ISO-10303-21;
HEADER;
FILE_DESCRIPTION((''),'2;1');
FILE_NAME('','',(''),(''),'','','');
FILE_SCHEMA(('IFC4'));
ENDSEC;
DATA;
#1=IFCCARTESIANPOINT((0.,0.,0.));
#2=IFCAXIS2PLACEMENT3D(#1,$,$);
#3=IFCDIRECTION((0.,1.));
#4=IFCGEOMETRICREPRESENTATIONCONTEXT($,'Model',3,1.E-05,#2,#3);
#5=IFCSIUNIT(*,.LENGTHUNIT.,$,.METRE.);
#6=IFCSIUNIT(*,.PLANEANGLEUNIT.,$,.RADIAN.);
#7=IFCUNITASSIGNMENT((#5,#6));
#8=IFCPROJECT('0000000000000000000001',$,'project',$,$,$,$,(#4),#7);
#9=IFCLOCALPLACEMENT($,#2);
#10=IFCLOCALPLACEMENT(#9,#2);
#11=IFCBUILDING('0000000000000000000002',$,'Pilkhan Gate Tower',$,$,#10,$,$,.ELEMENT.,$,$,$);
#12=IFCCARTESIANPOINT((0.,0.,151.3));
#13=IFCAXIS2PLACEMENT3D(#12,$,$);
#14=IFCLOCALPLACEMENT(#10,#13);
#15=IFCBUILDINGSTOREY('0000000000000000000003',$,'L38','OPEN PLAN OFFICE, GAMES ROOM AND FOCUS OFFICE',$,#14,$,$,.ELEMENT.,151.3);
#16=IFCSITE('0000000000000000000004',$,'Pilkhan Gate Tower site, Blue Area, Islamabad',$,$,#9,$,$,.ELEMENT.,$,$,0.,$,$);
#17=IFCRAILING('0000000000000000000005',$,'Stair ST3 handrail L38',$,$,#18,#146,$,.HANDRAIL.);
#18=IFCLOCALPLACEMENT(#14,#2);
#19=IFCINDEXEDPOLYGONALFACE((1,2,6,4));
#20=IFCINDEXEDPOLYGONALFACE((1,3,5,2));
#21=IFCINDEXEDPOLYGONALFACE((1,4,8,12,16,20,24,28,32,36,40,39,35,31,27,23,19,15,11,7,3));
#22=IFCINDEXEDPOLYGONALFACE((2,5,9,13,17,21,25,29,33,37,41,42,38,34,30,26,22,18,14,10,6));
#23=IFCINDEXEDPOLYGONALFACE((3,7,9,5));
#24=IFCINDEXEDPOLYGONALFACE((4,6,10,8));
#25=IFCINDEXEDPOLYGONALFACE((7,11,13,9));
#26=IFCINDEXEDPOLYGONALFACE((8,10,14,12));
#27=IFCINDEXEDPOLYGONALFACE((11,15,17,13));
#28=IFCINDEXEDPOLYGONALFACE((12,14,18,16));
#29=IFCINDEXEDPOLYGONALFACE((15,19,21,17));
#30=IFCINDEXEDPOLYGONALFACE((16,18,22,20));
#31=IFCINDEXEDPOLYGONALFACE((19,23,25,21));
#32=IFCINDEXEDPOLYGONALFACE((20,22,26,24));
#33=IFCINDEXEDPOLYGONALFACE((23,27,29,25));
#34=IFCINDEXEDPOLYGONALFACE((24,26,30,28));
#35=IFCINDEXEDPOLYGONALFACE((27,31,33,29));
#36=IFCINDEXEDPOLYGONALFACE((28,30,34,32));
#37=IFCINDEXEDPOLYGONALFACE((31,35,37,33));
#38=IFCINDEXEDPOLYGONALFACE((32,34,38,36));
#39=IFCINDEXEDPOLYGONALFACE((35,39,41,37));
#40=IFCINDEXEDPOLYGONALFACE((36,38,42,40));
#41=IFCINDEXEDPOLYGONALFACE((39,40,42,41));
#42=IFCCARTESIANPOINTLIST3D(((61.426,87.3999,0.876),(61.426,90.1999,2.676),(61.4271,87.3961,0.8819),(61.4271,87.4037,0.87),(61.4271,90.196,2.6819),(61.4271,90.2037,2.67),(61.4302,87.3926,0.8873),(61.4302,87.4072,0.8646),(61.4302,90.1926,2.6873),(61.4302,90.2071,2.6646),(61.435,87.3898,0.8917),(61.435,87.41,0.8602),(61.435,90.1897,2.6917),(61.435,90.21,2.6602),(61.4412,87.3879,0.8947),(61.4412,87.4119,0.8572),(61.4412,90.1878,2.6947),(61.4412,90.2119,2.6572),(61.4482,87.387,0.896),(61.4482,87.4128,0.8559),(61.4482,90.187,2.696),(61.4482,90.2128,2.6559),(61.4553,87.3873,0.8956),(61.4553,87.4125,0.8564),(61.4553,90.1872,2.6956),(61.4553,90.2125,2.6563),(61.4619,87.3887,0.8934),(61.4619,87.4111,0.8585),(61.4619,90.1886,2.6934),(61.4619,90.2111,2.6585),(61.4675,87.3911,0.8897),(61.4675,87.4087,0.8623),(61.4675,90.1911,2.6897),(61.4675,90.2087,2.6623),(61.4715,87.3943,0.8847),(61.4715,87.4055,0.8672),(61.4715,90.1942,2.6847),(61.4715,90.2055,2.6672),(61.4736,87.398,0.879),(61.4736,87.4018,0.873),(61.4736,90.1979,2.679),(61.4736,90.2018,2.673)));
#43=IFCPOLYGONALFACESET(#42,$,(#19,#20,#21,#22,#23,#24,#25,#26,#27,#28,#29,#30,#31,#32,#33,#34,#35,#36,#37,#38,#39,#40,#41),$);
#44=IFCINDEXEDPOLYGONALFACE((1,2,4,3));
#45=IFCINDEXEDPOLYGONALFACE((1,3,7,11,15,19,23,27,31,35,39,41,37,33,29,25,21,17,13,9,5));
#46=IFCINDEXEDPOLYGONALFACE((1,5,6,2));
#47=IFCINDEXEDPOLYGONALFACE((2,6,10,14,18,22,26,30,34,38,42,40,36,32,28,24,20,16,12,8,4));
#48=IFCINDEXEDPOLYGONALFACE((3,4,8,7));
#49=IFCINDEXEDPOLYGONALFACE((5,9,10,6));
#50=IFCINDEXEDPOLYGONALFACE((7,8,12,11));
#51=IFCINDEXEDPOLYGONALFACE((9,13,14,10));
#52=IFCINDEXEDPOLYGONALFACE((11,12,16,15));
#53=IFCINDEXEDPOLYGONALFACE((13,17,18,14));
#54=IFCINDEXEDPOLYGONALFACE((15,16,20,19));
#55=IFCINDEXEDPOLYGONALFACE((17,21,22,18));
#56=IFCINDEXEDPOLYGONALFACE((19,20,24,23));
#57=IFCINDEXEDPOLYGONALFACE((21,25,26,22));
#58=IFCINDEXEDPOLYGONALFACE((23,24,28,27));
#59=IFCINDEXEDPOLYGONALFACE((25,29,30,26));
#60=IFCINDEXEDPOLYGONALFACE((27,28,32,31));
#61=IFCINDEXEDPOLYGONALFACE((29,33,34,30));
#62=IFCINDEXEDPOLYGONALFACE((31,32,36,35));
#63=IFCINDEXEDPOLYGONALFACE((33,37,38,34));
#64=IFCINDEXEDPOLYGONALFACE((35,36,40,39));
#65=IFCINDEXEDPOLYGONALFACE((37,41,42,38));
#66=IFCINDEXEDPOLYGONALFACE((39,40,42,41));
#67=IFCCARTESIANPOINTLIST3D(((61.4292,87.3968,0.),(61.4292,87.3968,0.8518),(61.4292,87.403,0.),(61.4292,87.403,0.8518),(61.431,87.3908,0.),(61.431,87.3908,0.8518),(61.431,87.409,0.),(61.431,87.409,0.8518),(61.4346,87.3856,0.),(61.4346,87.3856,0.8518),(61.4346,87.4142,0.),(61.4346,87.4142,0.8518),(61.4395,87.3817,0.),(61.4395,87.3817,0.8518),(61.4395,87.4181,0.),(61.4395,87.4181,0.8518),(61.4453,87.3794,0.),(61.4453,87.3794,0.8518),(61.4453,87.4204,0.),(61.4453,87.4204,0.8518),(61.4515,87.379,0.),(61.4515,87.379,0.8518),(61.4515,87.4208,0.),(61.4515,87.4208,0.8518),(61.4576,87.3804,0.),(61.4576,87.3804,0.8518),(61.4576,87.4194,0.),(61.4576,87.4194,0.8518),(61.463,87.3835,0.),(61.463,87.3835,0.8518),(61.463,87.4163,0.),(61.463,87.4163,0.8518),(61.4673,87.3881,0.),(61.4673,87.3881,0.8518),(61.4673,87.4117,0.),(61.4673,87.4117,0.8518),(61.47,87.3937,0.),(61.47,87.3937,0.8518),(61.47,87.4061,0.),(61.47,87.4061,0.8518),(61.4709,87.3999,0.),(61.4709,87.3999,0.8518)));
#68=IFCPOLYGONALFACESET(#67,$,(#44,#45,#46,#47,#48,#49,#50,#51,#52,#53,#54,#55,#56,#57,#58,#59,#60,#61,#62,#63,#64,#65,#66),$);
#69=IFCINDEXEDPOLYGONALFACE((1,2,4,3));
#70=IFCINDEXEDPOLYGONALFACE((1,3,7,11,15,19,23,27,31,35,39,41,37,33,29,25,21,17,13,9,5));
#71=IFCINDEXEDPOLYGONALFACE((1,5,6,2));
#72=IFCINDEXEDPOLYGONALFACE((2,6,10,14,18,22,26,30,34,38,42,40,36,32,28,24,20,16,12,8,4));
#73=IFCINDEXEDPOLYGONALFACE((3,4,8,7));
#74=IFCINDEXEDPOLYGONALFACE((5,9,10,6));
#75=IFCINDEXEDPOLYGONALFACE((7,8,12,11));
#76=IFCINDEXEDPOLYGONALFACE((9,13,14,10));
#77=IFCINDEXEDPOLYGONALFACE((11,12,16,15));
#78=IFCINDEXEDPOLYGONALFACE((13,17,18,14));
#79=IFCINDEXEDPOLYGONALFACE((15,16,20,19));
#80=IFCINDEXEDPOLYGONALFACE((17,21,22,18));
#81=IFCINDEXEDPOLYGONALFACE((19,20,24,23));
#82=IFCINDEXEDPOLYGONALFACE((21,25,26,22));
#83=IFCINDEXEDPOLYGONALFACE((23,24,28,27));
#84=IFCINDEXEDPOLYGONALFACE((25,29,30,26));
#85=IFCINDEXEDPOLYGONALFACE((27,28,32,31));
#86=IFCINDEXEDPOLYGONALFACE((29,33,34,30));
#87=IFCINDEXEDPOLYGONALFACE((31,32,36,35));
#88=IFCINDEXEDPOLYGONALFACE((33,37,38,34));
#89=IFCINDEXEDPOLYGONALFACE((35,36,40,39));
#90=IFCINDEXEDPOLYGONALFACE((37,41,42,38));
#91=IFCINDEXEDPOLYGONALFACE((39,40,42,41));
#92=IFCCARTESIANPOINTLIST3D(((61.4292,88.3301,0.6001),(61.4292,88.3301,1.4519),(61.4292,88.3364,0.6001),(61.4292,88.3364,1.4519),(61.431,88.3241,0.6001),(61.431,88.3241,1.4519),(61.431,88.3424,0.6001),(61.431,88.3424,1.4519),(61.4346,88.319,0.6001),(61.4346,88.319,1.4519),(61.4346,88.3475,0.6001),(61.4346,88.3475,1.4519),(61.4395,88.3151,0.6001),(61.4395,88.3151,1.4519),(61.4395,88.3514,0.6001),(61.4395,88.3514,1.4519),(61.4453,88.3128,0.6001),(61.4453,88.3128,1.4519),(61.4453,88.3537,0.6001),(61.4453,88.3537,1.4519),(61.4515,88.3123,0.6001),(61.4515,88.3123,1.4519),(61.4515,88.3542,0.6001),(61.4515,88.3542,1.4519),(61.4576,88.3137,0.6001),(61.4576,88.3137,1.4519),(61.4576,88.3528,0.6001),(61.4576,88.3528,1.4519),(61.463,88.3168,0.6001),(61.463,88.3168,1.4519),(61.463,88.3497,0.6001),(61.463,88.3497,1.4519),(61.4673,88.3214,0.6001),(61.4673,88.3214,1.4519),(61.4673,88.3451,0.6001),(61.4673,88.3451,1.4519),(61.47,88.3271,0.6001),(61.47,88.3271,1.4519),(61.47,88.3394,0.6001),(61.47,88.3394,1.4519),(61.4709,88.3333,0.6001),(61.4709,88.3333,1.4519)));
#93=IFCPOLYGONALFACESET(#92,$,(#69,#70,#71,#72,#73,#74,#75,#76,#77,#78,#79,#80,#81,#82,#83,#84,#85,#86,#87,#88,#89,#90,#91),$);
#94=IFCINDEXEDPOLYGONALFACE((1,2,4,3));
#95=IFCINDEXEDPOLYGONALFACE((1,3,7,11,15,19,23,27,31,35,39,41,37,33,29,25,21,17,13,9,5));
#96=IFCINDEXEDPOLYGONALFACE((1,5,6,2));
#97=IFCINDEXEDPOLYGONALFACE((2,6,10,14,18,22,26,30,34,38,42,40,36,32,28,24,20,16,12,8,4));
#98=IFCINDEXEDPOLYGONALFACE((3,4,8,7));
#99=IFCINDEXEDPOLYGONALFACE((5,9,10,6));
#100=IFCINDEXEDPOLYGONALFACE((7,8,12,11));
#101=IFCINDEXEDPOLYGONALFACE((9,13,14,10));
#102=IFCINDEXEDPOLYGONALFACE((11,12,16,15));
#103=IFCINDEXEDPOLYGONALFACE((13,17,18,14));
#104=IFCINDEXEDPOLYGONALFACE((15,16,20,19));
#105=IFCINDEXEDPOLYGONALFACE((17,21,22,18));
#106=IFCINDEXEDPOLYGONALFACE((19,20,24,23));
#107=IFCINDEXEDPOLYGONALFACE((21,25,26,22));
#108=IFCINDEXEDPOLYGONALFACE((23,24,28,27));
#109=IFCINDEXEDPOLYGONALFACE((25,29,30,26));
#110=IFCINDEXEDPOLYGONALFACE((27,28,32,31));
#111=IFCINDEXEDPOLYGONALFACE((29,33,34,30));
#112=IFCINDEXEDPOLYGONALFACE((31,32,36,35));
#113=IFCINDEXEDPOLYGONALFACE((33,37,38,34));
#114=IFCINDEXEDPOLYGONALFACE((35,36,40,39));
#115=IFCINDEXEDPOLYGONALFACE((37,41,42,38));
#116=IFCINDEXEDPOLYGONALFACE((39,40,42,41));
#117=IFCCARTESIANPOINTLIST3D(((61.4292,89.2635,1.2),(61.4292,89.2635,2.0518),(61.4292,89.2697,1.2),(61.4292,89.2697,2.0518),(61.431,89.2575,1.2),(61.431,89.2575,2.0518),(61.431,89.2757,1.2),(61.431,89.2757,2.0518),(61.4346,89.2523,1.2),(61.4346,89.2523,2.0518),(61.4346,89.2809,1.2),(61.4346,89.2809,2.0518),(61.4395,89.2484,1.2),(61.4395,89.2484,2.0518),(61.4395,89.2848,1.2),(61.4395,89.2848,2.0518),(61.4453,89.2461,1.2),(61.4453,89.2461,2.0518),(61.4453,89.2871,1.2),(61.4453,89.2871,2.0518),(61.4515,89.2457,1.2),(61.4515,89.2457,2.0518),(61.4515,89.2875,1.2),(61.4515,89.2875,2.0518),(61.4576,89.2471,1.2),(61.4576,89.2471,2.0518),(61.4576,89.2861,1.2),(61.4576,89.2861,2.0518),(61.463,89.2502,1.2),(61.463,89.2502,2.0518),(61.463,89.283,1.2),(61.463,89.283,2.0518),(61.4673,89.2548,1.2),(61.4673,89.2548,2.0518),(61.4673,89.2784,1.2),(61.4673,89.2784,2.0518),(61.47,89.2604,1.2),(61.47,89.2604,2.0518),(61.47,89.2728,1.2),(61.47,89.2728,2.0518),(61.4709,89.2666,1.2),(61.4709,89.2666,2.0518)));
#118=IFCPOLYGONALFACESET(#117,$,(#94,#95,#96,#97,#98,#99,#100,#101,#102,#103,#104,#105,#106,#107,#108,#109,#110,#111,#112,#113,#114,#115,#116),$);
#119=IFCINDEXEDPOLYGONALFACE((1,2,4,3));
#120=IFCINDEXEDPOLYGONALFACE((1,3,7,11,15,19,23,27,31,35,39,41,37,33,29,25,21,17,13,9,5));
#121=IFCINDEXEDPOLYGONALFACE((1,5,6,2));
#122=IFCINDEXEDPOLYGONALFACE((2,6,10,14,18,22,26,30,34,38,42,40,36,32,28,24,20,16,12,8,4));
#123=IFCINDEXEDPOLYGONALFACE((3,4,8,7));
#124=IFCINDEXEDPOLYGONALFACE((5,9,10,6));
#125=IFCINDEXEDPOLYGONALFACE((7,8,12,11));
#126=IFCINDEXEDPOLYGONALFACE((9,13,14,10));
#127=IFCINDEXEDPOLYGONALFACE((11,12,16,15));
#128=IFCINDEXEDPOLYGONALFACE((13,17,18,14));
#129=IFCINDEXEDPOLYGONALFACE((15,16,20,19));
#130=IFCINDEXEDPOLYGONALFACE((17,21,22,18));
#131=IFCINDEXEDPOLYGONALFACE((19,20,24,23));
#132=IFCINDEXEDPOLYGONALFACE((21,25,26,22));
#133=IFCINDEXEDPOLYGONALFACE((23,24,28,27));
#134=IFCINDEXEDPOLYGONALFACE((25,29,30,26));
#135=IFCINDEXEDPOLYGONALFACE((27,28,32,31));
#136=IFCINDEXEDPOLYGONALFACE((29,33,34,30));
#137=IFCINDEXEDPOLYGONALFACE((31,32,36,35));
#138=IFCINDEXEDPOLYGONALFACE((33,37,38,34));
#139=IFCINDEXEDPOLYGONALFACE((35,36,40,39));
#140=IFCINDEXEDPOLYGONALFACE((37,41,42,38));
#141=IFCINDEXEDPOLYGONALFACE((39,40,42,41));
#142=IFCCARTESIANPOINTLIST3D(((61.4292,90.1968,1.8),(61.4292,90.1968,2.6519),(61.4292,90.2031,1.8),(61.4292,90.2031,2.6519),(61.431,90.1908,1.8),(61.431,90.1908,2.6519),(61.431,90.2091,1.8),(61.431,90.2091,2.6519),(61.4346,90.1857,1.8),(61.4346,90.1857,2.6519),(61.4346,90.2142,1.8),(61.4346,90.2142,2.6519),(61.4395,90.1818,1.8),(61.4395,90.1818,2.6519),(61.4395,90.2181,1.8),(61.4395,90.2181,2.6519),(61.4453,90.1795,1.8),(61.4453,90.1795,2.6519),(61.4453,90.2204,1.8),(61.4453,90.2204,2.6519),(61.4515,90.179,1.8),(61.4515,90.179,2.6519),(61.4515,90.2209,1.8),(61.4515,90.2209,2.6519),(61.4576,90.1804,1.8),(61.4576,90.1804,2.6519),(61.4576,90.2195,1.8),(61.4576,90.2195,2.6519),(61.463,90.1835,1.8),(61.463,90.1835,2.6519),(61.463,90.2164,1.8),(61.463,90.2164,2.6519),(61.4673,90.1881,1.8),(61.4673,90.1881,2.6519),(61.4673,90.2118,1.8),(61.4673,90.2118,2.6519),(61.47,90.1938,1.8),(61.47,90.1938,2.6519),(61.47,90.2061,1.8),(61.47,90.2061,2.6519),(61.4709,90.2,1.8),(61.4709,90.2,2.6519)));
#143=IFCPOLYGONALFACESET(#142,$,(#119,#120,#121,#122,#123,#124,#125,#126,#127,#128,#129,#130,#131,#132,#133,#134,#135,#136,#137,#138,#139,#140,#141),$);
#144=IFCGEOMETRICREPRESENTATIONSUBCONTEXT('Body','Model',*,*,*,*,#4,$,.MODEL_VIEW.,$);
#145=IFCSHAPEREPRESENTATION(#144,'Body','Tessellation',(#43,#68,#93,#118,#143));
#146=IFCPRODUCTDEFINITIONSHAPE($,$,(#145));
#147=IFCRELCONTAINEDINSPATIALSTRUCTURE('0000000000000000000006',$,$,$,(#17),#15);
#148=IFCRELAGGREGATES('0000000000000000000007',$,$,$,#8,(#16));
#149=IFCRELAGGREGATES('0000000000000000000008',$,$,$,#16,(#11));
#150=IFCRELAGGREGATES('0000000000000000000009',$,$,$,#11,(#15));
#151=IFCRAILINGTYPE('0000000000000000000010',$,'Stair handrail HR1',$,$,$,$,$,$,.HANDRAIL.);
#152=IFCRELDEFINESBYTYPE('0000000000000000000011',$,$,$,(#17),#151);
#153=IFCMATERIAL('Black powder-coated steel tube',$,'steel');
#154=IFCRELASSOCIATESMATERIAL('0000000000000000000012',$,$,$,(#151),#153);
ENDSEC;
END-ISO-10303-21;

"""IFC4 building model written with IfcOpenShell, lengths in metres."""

from ifc_helpers import new_model, si_unit, direction, frame, origin, origin_2d, place, context, subcontext, project, spatial, circle, extrude, material, type_object, element, save


model = new_model("IFC4")

# Units and contexts
model_context = context("Model", 3, precision=1e-05, world=origin(), true_north=direction((0.0, 1.0)))
body_context = subcontext(model_context, "Body", "Model", "MODEL_VIEW")
ifc_project = project(units=[si_unit("LENGTHUNIT", "METRE"), si_unit("PLANEANGLEUNIT", "RADIAN")], contexts=[model_context])

# Site, building, storey
site_placement = place(None, origin())
site = spatial("IfcSite", under=ifc_project, at=site_placement, Name="Pilkhan Gate Tower site, Blue Area, Islamabad", CompositionType="ELEMENT", RefElevation=0.0)
building_placement = place(site_placement, origin())
building = spatial("IfcBuilding", under=site, at=building_placement, Name="Pilkhan Gate Tower", CompositionType="ELEMENT")
storey_placement = place(building_placement, frame((0.0, 0.0, 151.3)))
storey = spatial("IfcBuildingStorey", under=building, at=storey_placement, Name="L38", Description="OPEN PLAN OFFICE, GAMES ROOM AND FOCUS OFFICE", CompositionType="ELEMENT", Elevation=151.3)

# Railing
ifc_material_1 = material(Name="Black powder-coated steel tube", Category="steel")
railing_type_1 = type_object("IfcRailingType", Name="Stair handrail HR1", PredefinedType="HANDRAIL", material=ifc_material_1)
railing_1_placement = place(storey_placement, frame((61.45, 87.3999, 0.0)))
element("IfcRailing", 1, at=railing_1_placement, inside=storey, type_object=railing_type_1, Name="Stair ST3 handrail L38", PredefinedType="HANDRAIL", context=body_context, shape_type="SweptSolid", body=[
    extrude(circle(Radius=0.0239, at=origin_2d()), frame((0.0, 0.0, 0.876), z_axis=(0.0, 0.841176, 0.540761), x_axis=(-1.0, 0.0, 0.0)), (0.0, 0.0, 1.0), 3.3286),
    extrude(circle(Radius=0.021, at=origin_2d()), origin(), (0.0, 0.0, 1.0), 0.8518),
    extrude(circle(Radius=0.021, at=origin_2d()), frame((0.0, 0.9333, 0.6001)), (0.0, 0.0, 1.0), 0.8518),
    extrude(circle(Radius=0.021, at=origin_2d()), frame((0.0, 1.8667, 1.2)), (0.0, 0.0, 1.0), 0.8518),
    extrude(circle(Radius=0.021, at=origin_2d()), frame((0.0, 2.8, 1.8)), (0.0, 0.0, 1.0), 0.8518),
])

save(model, "model.ifc")
